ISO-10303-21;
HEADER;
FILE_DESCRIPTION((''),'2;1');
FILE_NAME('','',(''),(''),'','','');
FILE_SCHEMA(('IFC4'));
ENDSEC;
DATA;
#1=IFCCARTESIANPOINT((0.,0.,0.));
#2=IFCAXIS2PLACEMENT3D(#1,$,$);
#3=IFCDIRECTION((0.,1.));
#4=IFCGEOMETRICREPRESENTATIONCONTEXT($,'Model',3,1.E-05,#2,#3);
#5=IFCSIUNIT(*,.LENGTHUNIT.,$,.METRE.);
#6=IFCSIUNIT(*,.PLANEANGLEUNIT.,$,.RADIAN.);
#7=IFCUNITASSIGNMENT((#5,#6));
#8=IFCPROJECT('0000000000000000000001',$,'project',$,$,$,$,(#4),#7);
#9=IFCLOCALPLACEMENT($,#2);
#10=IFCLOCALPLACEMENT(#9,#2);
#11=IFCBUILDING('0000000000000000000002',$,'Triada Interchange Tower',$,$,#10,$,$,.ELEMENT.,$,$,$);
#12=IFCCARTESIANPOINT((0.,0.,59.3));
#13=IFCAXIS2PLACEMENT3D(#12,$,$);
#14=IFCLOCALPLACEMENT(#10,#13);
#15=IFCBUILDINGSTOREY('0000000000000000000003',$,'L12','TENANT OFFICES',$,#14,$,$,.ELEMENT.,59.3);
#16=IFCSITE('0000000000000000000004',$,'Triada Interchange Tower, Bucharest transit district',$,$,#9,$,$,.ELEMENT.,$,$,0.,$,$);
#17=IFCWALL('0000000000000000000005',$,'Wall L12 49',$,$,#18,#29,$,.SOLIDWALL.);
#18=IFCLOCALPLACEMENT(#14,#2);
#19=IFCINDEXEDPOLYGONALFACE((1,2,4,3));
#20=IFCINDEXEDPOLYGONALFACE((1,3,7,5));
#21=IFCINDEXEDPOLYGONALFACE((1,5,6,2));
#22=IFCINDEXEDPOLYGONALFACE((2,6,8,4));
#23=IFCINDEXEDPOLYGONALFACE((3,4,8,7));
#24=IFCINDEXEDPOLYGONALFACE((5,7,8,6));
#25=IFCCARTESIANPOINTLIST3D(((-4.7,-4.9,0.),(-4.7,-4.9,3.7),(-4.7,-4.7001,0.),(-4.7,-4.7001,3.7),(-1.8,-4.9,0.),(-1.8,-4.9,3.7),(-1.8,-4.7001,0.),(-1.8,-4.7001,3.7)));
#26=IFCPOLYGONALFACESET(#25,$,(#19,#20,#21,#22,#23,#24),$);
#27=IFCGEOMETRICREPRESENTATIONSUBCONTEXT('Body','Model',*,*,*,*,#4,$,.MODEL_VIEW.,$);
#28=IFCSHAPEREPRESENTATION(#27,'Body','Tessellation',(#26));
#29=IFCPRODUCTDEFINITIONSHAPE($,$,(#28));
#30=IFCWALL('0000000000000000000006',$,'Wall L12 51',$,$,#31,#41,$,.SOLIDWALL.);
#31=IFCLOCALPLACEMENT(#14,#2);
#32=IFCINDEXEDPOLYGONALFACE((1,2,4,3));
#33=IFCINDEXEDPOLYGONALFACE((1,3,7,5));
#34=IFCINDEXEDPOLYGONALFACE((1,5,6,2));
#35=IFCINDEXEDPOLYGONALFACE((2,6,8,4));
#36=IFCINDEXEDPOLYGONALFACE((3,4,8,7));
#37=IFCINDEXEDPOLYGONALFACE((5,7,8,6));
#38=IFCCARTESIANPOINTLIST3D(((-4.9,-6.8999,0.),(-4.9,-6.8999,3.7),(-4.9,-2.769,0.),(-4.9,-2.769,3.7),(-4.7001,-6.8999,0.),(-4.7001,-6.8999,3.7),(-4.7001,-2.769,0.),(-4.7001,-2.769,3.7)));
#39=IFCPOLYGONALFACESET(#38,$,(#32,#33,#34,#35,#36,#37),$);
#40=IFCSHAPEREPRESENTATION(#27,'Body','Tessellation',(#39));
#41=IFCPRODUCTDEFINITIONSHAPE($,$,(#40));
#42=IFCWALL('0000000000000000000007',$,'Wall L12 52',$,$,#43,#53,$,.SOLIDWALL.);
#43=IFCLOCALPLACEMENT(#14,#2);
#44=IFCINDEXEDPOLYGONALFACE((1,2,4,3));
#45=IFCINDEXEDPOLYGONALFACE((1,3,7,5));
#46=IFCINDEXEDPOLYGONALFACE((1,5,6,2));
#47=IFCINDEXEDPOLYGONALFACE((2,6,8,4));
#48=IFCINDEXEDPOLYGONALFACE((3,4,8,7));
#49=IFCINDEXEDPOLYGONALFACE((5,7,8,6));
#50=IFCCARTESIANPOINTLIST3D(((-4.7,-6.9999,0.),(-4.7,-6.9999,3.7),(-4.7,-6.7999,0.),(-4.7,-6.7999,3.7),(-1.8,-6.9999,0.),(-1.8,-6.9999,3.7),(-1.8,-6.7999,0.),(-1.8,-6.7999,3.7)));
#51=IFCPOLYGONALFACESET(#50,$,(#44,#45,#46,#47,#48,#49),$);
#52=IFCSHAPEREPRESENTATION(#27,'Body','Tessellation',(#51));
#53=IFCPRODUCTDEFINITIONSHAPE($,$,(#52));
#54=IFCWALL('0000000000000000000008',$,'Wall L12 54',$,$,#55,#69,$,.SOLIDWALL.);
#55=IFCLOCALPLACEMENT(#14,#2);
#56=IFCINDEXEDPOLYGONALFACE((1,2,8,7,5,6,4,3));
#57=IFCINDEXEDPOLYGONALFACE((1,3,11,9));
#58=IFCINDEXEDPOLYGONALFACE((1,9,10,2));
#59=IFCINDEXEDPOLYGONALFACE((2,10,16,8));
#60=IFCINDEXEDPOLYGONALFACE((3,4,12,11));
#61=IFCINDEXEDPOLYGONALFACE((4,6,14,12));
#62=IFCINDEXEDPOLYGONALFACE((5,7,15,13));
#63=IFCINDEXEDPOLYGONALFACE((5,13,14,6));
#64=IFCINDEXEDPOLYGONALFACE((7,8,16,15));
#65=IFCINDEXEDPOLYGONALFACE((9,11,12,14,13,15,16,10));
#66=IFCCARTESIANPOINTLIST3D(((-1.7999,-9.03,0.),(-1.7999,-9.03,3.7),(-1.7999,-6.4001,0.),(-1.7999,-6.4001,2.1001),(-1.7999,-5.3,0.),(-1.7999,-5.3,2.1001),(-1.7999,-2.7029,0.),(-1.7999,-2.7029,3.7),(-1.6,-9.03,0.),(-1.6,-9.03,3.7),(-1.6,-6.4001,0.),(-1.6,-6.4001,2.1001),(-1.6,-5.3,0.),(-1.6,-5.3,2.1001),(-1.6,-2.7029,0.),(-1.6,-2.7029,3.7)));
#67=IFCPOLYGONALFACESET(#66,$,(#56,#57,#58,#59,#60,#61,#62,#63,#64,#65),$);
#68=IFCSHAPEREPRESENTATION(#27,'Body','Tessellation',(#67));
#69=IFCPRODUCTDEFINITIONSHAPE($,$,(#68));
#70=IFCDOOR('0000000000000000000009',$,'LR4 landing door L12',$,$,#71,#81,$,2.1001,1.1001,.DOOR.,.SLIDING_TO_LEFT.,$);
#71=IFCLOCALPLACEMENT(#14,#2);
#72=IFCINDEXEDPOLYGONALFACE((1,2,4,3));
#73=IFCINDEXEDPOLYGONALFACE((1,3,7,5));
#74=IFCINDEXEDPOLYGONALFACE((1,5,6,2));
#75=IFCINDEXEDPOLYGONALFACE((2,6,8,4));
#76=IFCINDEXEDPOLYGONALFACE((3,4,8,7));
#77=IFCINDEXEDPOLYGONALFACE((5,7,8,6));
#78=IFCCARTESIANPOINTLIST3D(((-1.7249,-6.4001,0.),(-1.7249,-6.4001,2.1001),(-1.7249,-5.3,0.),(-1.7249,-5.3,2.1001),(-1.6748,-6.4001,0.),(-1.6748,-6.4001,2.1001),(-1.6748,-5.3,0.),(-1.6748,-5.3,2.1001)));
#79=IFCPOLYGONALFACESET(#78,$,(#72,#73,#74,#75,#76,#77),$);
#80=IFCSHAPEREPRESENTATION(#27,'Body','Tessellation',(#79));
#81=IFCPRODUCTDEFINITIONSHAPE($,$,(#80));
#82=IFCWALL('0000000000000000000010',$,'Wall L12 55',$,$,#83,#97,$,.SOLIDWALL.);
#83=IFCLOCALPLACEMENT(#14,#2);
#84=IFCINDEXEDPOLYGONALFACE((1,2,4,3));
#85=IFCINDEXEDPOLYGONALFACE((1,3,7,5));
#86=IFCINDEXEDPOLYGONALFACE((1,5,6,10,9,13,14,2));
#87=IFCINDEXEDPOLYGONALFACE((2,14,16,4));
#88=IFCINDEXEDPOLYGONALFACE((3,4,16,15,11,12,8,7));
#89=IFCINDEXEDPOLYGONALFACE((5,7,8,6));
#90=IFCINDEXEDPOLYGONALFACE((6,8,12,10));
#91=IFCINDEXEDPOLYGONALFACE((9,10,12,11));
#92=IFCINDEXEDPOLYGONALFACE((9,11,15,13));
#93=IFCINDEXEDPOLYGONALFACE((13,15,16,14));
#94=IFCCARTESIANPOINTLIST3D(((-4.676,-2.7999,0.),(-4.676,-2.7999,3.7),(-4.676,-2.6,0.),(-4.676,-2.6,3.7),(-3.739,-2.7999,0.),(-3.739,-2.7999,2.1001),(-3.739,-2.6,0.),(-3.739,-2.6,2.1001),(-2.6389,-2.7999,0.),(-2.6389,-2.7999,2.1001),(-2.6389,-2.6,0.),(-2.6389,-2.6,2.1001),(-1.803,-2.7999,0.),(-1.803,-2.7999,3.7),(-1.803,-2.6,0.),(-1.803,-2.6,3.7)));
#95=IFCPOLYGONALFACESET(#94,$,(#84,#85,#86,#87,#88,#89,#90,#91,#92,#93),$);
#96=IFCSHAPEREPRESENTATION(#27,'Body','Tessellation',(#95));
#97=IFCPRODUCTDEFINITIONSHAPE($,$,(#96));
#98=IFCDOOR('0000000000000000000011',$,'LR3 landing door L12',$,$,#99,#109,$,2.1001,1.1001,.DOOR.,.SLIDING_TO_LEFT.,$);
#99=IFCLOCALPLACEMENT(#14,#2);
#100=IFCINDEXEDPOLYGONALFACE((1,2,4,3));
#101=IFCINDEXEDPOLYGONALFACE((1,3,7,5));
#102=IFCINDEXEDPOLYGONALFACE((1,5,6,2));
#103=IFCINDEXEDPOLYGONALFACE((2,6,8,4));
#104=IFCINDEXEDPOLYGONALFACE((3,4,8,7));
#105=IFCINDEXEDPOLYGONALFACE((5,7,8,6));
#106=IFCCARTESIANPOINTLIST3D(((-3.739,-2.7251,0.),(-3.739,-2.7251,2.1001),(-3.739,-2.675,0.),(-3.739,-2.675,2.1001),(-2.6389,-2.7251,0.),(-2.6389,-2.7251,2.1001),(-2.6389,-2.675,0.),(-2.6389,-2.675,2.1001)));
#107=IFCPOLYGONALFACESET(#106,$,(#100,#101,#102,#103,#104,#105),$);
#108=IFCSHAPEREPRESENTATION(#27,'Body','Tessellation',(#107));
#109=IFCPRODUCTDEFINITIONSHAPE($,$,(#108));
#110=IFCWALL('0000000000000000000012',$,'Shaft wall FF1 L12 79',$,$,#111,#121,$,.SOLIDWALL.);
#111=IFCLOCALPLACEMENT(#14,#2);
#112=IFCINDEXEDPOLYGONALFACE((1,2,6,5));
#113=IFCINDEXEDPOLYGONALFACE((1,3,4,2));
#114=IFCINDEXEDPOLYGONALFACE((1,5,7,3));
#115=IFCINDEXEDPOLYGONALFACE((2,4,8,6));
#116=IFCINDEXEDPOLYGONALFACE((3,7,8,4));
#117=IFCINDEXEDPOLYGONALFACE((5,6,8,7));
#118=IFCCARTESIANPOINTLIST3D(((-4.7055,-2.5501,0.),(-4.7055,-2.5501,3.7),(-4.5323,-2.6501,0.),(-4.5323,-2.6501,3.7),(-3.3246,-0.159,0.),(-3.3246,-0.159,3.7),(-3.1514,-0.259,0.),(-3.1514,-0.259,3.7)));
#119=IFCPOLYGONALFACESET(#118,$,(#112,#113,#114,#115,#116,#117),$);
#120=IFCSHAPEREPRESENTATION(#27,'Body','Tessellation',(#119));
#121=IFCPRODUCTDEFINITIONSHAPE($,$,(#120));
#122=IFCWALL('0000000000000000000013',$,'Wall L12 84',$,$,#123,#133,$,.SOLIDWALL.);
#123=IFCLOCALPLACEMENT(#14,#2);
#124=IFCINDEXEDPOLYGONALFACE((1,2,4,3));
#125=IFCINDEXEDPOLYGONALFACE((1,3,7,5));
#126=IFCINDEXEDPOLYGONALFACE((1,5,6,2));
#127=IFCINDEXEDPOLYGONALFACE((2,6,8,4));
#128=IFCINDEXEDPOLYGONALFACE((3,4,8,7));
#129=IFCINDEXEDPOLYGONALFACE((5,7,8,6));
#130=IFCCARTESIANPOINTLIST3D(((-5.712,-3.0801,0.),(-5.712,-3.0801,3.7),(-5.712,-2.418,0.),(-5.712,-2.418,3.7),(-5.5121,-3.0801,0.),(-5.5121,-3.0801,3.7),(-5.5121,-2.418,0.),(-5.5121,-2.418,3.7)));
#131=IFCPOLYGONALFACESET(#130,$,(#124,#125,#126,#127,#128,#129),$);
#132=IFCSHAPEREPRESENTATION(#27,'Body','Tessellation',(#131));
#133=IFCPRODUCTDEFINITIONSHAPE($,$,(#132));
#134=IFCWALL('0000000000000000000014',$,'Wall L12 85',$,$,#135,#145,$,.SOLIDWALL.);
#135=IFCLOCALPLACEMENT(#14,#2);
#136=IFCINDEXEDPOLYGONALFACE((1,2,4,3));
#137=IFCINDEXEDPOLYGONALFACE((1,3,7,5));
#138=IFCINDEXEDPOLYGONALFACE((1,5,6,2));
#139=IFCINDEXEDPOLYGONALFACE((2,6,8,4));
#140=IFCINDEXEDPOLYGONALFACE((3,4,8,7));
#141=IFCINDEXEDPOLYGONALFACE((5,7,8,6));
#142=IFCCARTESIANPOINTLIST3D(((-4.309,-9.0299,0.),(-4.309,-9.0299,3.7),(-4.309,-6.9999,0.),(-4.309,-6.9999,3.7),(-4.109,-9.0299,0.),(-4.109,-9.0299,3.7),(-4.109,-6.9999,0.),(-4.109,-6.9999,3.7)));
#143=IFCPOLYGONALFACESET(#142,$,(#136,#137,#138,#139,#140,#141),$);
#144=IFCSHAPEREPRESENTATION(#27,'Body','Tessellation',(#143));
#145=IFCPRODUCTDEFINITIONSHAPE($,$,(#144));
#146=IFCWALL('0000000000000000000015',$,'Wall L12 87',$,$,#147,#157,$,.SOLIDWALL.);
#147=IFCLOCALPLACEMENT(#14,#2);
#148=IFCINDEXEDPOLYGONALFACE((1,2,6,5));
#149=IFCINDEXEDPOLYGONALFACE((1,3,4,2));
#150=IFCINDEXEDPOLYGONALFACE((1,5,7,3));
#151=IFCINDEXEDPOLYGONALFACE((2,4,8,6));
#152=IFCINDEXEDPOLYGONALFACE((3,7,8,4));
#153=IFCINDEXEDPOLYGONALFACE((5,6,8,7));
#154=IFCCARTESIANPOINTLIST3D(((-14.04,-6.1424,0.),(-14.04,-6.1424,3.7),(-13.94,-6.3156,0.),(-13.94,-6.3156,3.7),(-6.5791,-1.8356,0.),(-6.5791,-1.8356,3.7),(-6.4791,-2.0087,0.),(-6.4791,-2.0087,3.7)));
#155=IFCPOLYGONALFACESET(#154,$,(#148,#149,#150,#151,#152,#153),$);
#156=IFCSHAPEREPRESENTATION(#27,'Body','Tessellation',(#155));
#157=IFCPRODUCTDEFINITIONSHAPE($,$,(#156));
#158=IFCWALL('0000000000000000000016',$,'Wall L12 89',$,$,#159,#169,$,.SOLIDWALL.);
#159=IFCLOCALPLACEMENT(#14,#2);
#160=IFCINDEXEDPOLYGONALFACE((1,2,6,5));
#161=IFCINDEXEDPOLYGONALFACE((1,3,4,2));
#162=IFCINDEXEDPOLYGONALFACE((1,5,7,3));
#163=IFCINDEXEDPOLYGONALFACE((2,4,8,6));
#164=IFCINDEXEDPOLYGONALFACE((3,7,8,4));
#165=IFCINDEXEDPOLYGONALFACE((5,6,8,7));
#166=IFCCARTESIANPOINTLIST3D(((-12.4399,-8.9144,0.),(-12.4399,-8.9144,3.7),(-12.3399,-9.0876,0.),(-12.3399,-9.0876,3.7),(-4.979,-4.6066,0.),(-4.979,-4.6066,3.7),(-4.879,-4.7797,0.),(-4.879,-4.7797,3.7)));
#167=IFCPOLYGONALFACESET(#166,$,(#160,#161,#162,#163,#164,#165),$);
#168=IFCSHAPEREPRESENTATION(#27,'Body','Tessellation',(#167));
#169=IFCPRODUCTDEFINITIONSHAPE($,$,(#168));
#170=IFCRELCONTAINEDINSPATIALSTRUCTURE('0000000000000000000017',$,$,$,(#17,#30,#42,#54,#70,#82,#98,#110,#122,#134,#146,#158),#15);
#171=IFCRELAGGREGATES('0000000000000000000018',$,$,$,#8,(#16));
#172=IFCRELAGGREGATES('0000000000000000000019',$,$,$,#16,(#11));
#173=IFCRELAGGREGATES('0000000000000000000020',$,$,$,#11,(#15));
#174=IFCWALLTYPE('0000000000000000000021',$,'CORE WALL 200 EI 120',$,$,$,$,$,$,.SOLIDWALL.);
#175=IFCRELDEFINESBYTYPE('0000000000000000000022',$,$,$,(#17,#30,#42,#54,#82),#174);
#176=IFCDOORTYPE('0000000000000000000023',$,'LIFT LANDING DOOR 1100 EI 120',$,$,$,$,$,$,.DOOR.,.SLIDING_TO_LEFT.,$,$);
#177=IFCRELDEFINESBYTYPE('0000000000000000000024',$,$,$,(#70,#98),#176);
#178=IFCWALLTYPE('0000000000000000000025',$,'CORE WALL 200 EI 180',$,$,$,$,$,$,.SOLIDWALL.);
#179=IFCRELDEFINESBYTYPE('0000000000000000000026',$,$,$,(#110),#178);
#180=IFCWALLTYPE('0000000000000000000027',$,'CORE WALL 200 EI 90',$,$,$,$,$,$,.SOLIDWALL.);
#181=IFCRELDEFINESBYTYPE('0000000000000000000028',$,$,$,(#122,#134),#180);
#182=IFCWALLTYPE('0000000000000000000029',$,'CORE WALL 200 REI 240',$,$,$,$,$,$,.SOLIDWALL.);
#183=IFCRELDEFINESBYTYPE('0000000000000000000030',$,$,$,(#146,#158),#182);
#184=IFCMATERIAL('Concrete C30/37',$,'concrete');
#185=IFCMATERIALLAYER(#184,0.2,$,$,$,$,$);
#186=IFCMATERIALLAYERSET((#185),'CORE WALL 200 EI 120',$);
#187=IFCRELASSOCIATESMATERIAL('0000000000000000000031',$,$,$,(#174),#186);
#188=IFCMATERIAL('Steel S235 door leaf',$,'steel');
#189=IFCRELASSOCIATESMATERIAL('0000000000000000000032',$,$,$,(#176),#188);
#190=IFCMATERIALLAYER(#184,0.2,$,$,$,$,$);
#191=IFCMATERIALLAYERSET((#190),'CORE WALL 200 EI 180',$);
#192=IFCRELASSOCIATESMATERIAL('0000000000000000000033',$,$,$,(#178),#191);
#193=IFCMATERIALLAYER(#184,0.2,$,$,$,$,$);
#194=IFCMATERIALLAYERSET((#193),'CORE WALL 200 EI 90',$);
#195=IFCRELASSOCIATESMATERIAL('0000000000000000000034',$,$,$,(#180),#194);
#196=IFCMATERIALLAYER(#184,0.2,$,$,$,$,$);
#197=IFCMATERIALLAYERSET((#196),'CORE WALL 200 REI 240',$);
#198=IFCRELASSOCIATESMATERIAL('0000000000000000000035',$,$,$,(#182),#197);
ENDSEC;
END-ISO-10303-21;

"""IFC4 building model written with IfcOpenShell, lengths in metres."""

from ifc_helpers import new_model, si_unit, direction, frame, frame_2d, origin, place, context, subcontext, project, spatial, rectangle, extrude, material, layer, layer_set, type_object, element, fill, save


model = new_model("IFC4")

# Units and contexts
model_context = context("Model", 3, precision=1e-05, world=origin(), true_north=direction((0.0, 1.0)))
body_context = subcontext(model_context, "Body", "Model", "MODEL_VIEW")
ifc_project = project(units=[si_unit("LENGTHUNIT", "METRE"), si_unit("PLANEANGLEUNIT", "RADIAN")], contexts=[model_context])

# Site, building, storey
site_placement = place(None, origin())
site = spatial("IfcSite", under=ifc_project, at=site_placement, Name="Triada Interchange Tower, Bucharest transit district", CompositionType="ELEMENT", RefElevation=0.0)
building_placement = place(site_placement, origin())
building = spatial("IfcBuilding", under=site, at=building_placement, Name="Triada Interchange Tower", CompositionType="ELEMENT")
storey_placement = place(building_placement, frame((0.0, 0.0, 59.3)))
storey = spatial("IfcBuildingStorey", under=building, at=storey_placement, Name="L12", Description="TENANT OFFICES", CompositionType="ELEMENT", Elevation=59.3)

# Walls
ifc_material_1 = material(Name="Concrete C30/37", Category="concrete")
ifc_layer_1 = layer(ifc_material_1, 0.2)
ifc_layer_set_1 = layer_set([ifc_layer_1], Name="CORE WALL 200 EI 120")
wall_type_1 = type_object("IfcWallType", Name="CORE WALL 200 EI 120", PredefinedType="SOLIDWALL", material=ifc_layer_set_1)
wall_1_placement = place(storey_placement, frame((-4.7, -4.8, 0.0), z_axis=(0.0, 0.0, 1.0), x_axis=(1.0, 0.0, 0.0)))
element("IfcWall", 1, at=wall_1_placement, inside=storey, type_object=wall_type_1, Name="Wall L12 49", PredefinedType="SOLIDWALL", context=body_context, shape_type="SweptSolid", body=[
    extrude(rectangle(XDim=2.8999, YDim=0.2, at=frame_2d((1.45, 0.0))), origin(), (0.0, 0.0, 1.0), 3.7),
])
wall_2_placement = place(storey_placement, frame((-4.8, -6.8999, 0.0), z_axis=(0.0, 0.0, 1.0), x_axis=(0.0, 1.0, 0.0)))
element("IfcWall", 2, at=wall_2_placement, inside=storey, type_object=wall_type_1, Name="Wall L12 51", PredefinedType="SOLIDWALL", context=body_context, shape_type="SweptSolid", body=[
    extrude(rectangle(XDim=4.1309, YDim=0.2, at=frame_2d((2.0654, 0.0))), origin(), (0.0, 0.0, 1.0), 3.7),
])
wall_3_placement = place(storey_placement, frame((-4.7, -6.8999, 0.0), z_axis=(0.0, 0.0, 1.0), x_axis=(1.0, 0.0, 0.0)))
element("IfcWall", 3, at=wall_3_placement, inside=storey, type_object=wall_type_1, Name="Wall L12 52", PredefinedType="SOLIDWALL", context=body_context, shape_type="SweptSolid", body=[
    extrude(rectangle(XDim=2.8999, YDim=0.2, at=frame_2d((1.45, 0.0))), origin(), (0.0, 0.0, 1.0), 3.7),
])

# Walls, openings, doors
wall_4_placement = place(storey_placement, frame((-1.7, -9.03, 0.0), z_axis=(0.0, 0.0, 1.0), x_axis=(0.0, 1.0, 0.0)))
wall_4 = element("IfcWall", 4, at=wall_4_placement, inside=storey, type_object=wall_type_1, Name="Wall L12 54", PredefinedType="SOLIDWALL", context=body_context, shape_type="SweptSolid", body=[
    extrude(rectangle(XDim=6.3271, YDim=0.2, at=frame_2d((3.1636, 0.0))), origin(), (0.0, 0.0, 1.0), 3.7),
])
opening_1_placement = place(wall_4_placement, frame((2.6299, 0.0, 0.0)))
opening_1 = element("IfcOpeningElement", 5, at=opening_1_placement, cuts=wall_4, PredefinedType="OPENING", context=body_context, shape_type="SweptSolid", body=[
    extrude(rectangle(XDim=1.1001, YDim=2.1001, at=frame_2d((0.55, 1.05))), frame((0.0, 0.1099, 0.0), z_axis=(0.0, -1.0, 0.0), x_axis=(1.0, 0.0, 0.0)), (0.0, 0.0, 1.0), 0.22),
])
ifc_material_2 = material(Name="Steel S235 door leaf", Category="steel")
door_type_1 = type_object("IfcDoorType", Name="LIFT LANDING DOOR 1100 EI 120", OperationType="SLIDING_TO_LEFT", PredefinedType="DOOR", material=ifc_material_2)
door_1_placement = place(opening_1_placement, origin())
door_1 = element("IfcDoor", 6, at=door_1_placement, inside=storey, type_object=door_type_1, Name="LR4 landing door L12", OperationType="SLIDING_TO_LEFT", OverallHeight=2.1001, OverallWidth=1.1001, PredefinedType="DOOR", context=body_context, shape_type="SweptSolid", body=[
    extrude(rectangle(XDim=1.1001, YDim=2.1001, at=frame_2d((0.55, 1.05))), frame((0.0, 0.0249, 0.0), z_axis=(0.0, -1.0, 0.0), x_axis=(1.0, 0.0, 0.0)), (0.0, 0.0, 1.0), 0.05),
])
fill(opening_1, door_1)
wall_5_placement = place(storey_placement, frame((-4.676, -2.7, 0.0), z_axis=(0.0, 0.0, 1.0), x_axis=(1.0, 0.0, 0.0)))
wall_5 = element("IfcWall", 7, at=wall_5_placement, inside=storey, type_object=wall_type_1, Name="Wall L12 55", PredefinedType="SOLIDWALL", context=body_context, shape_type="SweptSolid", body=[
    extrude(rectangle(XDim=2.873, YDim=0.2, at=frame_2d((1.4365, 0.0))), origin(), (0.0, 0.0, 1.0), 3.7),
])
opening_2_placement = place(wall_5_placement, frame((0.937, 0.0, 0.0)))
opening_2 = element("IfcOpeningElement", 8, at=opening_2_placement, cuts=wall_5, PredefinedType="OPENING", context=body_context, shape_type="SweptSolid", body=[
    extrude(rectangle(XDim=1.1001, YDim=2.1001, at=frame_2d((0.55, 1.05))), frame((0.0, 0.1099, 0.0), z_axis=(0.0, -1.0, 0.0), x_axis=(1.0, 0.0, 0.0)), (0.0, 0.0, 1.0), 0.22),
])
door_2_placement = place(opening_2_placement, origin())
door_2 = element("IfcDoor", 9, at=door_2_placement, inside=storey, type_object=door_type_1, Name="LR3 landing door L12", OperationType="SLIDING_TO_LEFT", OverallHeight=2.1001, OverallWidth=1.1001, PredefinedType="DOOR", context=body_context, shape_type="SweptSolid", body=[
    extrude(rectangle(XDim=1.1001, YDim=2.1001, at=frame_2d((0.55, 1.05))), frame((0.0, 0.0249, 0.0), z_axis=(0.0, -1.0, 0.0), x_axis=(1.0, 0.0, 0.0)), (0.0, 0.0, 1.0), 0.05),
])
fill(opening_2, door_2)

# Walls
ifc_layer_2 = layer(ifc_material_1, 0.2)
ifc_layer_set_2 = layer_set([ifc_layer_2], Name="CORE WALL 200 EI 180")
wall_type_2 = type_object("IfcWallType", Name="CORE WALL 200 EI 180", PredefinedType="SOLIDWALL", material=ifc_layer_set_2)
wall_6_placement = place(storey_placement, frame((-4.6189, -2.6001, 0.0), z_axis=(0.0, 0.0, 1.0), x_axis=(0.500095, 0.865971, 0.0)))
element("IfcWall", 10, at=wall_6_placement, inside=storey, type_object=wall_type_2, Name="Shaft wall FF1 L12 79", PredefinedType="SOLIDWALL", context=body_context, shape_type="SweptSolid", body=[
    extrude(rectangle(XDim=2.7612, YDim=0.2, at=frame_2d((1.3806, 0.0))), origin(), (0.0, 0.0, 1.0), 3.7),
])
ifc_layer_3 = layer(ifc_material_1, 0.2)
ifc_layer_set_3 = layer_set([ifc_layer_3], Name="CORE WALL 200 EI 90")
wall_type_3 = type_object("IfcWallType", Name="CORE WALL 200 EI 90", PredefinedType="SOLIDWALL", material=ifc_layer_set_3)
wall_7_placement = place(storey_placement, frame((-5.6121, -3.0801, 0.0), z_axis=(0.0, 0.0, 1.0), x_axis=(0.0, 1.0, 0.0)))
element("IfcWall", 11, at=wall_7_placement, inside=storey, type_object=wall_type_3, Name="Wall L12 84", PredefinedType="SOLIDWALL", context=body_context, shape_type="SweptSolid", body=[
    extrude(rectangle(XDim=0.6621, YDim=0.2, at=frame_2d((0.3311, 0.0))), origin(), (0.0, 0.0, 1.0), 3.7),
])
wall_8_placement = place(storey_placement, frame((-4.209, -9.03, 0.0), z_axis=(0.0, 0.0, 1.0), x_axis=(0.0, 1.0, 0.0)))
element("IfcWall", 12, at=wall_8_placement, inside=storey, type_object=wall_type_3, Name="Wall L12 85", PredefinedType="SOLIDWALL", context=body_context, shape_type="SweptSolid", body=[
    extrude(rectangle(XDim=2.03, YDim=0.2, at=frame_2d((1.0151, 0.0))), origin(), (0.0, 0.0, 1.0), 3.7),
])
ifc_layer_4 = layer(ifc_material_1, 0.2)
ifc_layer_set_4 = layer_set([ifc_layer_4], Name="CORE WALL 200 REI 240")
wall_type_4 = type_object("IfcWallType", Name="CORE WALL 200 REI 240", PredefinedType="SOLIDWALL", material=ifc_layer_set_4)
wall_9_placement = place(storey_placement, frame((-13.99, -6.229, 0.0), z_axis=(0.0, 0.0, 1.0), x_axis=(0.86606, 0.49994, 0.0)))
element("IfcWall", 13, at=wall_9_placement, inside=storey, type_object=wall_type_4, Name="Wall L12 87", PredefinedType="SOLIDWALL", context=body_context, shape_type="SweptSolid", body=[
    extrude(rectangle(XDim=8.6147, YDim=0.2, at=frame_2d((4.3074, 0.0))), origin(), (0.0, 0.0, 1.0), 3.7),
])
wall_10_placement = place(storey_placement, frame((-12.3899, -9.001, 0.0), z_axis=(0.0, 0.0, 1.0), x_axis=(0.866011, 0.500025, 0.0)))
element("IfcWall", 14, at=wall_10_placement, inside=storey, type_object=wall_type_4, Name="Wall L12 89", PredefinedType="SOLIDWALL", context=body_context, shape_type="SweptSolid", body=[
    extrude(rectangle(XDim=8.6152, YDim=0.2, at=frame_2d((4.3076, 0.0))), origin(), (0.0, 0.0, 1.0), 3.7),
])

save(model, "model.ifc")
